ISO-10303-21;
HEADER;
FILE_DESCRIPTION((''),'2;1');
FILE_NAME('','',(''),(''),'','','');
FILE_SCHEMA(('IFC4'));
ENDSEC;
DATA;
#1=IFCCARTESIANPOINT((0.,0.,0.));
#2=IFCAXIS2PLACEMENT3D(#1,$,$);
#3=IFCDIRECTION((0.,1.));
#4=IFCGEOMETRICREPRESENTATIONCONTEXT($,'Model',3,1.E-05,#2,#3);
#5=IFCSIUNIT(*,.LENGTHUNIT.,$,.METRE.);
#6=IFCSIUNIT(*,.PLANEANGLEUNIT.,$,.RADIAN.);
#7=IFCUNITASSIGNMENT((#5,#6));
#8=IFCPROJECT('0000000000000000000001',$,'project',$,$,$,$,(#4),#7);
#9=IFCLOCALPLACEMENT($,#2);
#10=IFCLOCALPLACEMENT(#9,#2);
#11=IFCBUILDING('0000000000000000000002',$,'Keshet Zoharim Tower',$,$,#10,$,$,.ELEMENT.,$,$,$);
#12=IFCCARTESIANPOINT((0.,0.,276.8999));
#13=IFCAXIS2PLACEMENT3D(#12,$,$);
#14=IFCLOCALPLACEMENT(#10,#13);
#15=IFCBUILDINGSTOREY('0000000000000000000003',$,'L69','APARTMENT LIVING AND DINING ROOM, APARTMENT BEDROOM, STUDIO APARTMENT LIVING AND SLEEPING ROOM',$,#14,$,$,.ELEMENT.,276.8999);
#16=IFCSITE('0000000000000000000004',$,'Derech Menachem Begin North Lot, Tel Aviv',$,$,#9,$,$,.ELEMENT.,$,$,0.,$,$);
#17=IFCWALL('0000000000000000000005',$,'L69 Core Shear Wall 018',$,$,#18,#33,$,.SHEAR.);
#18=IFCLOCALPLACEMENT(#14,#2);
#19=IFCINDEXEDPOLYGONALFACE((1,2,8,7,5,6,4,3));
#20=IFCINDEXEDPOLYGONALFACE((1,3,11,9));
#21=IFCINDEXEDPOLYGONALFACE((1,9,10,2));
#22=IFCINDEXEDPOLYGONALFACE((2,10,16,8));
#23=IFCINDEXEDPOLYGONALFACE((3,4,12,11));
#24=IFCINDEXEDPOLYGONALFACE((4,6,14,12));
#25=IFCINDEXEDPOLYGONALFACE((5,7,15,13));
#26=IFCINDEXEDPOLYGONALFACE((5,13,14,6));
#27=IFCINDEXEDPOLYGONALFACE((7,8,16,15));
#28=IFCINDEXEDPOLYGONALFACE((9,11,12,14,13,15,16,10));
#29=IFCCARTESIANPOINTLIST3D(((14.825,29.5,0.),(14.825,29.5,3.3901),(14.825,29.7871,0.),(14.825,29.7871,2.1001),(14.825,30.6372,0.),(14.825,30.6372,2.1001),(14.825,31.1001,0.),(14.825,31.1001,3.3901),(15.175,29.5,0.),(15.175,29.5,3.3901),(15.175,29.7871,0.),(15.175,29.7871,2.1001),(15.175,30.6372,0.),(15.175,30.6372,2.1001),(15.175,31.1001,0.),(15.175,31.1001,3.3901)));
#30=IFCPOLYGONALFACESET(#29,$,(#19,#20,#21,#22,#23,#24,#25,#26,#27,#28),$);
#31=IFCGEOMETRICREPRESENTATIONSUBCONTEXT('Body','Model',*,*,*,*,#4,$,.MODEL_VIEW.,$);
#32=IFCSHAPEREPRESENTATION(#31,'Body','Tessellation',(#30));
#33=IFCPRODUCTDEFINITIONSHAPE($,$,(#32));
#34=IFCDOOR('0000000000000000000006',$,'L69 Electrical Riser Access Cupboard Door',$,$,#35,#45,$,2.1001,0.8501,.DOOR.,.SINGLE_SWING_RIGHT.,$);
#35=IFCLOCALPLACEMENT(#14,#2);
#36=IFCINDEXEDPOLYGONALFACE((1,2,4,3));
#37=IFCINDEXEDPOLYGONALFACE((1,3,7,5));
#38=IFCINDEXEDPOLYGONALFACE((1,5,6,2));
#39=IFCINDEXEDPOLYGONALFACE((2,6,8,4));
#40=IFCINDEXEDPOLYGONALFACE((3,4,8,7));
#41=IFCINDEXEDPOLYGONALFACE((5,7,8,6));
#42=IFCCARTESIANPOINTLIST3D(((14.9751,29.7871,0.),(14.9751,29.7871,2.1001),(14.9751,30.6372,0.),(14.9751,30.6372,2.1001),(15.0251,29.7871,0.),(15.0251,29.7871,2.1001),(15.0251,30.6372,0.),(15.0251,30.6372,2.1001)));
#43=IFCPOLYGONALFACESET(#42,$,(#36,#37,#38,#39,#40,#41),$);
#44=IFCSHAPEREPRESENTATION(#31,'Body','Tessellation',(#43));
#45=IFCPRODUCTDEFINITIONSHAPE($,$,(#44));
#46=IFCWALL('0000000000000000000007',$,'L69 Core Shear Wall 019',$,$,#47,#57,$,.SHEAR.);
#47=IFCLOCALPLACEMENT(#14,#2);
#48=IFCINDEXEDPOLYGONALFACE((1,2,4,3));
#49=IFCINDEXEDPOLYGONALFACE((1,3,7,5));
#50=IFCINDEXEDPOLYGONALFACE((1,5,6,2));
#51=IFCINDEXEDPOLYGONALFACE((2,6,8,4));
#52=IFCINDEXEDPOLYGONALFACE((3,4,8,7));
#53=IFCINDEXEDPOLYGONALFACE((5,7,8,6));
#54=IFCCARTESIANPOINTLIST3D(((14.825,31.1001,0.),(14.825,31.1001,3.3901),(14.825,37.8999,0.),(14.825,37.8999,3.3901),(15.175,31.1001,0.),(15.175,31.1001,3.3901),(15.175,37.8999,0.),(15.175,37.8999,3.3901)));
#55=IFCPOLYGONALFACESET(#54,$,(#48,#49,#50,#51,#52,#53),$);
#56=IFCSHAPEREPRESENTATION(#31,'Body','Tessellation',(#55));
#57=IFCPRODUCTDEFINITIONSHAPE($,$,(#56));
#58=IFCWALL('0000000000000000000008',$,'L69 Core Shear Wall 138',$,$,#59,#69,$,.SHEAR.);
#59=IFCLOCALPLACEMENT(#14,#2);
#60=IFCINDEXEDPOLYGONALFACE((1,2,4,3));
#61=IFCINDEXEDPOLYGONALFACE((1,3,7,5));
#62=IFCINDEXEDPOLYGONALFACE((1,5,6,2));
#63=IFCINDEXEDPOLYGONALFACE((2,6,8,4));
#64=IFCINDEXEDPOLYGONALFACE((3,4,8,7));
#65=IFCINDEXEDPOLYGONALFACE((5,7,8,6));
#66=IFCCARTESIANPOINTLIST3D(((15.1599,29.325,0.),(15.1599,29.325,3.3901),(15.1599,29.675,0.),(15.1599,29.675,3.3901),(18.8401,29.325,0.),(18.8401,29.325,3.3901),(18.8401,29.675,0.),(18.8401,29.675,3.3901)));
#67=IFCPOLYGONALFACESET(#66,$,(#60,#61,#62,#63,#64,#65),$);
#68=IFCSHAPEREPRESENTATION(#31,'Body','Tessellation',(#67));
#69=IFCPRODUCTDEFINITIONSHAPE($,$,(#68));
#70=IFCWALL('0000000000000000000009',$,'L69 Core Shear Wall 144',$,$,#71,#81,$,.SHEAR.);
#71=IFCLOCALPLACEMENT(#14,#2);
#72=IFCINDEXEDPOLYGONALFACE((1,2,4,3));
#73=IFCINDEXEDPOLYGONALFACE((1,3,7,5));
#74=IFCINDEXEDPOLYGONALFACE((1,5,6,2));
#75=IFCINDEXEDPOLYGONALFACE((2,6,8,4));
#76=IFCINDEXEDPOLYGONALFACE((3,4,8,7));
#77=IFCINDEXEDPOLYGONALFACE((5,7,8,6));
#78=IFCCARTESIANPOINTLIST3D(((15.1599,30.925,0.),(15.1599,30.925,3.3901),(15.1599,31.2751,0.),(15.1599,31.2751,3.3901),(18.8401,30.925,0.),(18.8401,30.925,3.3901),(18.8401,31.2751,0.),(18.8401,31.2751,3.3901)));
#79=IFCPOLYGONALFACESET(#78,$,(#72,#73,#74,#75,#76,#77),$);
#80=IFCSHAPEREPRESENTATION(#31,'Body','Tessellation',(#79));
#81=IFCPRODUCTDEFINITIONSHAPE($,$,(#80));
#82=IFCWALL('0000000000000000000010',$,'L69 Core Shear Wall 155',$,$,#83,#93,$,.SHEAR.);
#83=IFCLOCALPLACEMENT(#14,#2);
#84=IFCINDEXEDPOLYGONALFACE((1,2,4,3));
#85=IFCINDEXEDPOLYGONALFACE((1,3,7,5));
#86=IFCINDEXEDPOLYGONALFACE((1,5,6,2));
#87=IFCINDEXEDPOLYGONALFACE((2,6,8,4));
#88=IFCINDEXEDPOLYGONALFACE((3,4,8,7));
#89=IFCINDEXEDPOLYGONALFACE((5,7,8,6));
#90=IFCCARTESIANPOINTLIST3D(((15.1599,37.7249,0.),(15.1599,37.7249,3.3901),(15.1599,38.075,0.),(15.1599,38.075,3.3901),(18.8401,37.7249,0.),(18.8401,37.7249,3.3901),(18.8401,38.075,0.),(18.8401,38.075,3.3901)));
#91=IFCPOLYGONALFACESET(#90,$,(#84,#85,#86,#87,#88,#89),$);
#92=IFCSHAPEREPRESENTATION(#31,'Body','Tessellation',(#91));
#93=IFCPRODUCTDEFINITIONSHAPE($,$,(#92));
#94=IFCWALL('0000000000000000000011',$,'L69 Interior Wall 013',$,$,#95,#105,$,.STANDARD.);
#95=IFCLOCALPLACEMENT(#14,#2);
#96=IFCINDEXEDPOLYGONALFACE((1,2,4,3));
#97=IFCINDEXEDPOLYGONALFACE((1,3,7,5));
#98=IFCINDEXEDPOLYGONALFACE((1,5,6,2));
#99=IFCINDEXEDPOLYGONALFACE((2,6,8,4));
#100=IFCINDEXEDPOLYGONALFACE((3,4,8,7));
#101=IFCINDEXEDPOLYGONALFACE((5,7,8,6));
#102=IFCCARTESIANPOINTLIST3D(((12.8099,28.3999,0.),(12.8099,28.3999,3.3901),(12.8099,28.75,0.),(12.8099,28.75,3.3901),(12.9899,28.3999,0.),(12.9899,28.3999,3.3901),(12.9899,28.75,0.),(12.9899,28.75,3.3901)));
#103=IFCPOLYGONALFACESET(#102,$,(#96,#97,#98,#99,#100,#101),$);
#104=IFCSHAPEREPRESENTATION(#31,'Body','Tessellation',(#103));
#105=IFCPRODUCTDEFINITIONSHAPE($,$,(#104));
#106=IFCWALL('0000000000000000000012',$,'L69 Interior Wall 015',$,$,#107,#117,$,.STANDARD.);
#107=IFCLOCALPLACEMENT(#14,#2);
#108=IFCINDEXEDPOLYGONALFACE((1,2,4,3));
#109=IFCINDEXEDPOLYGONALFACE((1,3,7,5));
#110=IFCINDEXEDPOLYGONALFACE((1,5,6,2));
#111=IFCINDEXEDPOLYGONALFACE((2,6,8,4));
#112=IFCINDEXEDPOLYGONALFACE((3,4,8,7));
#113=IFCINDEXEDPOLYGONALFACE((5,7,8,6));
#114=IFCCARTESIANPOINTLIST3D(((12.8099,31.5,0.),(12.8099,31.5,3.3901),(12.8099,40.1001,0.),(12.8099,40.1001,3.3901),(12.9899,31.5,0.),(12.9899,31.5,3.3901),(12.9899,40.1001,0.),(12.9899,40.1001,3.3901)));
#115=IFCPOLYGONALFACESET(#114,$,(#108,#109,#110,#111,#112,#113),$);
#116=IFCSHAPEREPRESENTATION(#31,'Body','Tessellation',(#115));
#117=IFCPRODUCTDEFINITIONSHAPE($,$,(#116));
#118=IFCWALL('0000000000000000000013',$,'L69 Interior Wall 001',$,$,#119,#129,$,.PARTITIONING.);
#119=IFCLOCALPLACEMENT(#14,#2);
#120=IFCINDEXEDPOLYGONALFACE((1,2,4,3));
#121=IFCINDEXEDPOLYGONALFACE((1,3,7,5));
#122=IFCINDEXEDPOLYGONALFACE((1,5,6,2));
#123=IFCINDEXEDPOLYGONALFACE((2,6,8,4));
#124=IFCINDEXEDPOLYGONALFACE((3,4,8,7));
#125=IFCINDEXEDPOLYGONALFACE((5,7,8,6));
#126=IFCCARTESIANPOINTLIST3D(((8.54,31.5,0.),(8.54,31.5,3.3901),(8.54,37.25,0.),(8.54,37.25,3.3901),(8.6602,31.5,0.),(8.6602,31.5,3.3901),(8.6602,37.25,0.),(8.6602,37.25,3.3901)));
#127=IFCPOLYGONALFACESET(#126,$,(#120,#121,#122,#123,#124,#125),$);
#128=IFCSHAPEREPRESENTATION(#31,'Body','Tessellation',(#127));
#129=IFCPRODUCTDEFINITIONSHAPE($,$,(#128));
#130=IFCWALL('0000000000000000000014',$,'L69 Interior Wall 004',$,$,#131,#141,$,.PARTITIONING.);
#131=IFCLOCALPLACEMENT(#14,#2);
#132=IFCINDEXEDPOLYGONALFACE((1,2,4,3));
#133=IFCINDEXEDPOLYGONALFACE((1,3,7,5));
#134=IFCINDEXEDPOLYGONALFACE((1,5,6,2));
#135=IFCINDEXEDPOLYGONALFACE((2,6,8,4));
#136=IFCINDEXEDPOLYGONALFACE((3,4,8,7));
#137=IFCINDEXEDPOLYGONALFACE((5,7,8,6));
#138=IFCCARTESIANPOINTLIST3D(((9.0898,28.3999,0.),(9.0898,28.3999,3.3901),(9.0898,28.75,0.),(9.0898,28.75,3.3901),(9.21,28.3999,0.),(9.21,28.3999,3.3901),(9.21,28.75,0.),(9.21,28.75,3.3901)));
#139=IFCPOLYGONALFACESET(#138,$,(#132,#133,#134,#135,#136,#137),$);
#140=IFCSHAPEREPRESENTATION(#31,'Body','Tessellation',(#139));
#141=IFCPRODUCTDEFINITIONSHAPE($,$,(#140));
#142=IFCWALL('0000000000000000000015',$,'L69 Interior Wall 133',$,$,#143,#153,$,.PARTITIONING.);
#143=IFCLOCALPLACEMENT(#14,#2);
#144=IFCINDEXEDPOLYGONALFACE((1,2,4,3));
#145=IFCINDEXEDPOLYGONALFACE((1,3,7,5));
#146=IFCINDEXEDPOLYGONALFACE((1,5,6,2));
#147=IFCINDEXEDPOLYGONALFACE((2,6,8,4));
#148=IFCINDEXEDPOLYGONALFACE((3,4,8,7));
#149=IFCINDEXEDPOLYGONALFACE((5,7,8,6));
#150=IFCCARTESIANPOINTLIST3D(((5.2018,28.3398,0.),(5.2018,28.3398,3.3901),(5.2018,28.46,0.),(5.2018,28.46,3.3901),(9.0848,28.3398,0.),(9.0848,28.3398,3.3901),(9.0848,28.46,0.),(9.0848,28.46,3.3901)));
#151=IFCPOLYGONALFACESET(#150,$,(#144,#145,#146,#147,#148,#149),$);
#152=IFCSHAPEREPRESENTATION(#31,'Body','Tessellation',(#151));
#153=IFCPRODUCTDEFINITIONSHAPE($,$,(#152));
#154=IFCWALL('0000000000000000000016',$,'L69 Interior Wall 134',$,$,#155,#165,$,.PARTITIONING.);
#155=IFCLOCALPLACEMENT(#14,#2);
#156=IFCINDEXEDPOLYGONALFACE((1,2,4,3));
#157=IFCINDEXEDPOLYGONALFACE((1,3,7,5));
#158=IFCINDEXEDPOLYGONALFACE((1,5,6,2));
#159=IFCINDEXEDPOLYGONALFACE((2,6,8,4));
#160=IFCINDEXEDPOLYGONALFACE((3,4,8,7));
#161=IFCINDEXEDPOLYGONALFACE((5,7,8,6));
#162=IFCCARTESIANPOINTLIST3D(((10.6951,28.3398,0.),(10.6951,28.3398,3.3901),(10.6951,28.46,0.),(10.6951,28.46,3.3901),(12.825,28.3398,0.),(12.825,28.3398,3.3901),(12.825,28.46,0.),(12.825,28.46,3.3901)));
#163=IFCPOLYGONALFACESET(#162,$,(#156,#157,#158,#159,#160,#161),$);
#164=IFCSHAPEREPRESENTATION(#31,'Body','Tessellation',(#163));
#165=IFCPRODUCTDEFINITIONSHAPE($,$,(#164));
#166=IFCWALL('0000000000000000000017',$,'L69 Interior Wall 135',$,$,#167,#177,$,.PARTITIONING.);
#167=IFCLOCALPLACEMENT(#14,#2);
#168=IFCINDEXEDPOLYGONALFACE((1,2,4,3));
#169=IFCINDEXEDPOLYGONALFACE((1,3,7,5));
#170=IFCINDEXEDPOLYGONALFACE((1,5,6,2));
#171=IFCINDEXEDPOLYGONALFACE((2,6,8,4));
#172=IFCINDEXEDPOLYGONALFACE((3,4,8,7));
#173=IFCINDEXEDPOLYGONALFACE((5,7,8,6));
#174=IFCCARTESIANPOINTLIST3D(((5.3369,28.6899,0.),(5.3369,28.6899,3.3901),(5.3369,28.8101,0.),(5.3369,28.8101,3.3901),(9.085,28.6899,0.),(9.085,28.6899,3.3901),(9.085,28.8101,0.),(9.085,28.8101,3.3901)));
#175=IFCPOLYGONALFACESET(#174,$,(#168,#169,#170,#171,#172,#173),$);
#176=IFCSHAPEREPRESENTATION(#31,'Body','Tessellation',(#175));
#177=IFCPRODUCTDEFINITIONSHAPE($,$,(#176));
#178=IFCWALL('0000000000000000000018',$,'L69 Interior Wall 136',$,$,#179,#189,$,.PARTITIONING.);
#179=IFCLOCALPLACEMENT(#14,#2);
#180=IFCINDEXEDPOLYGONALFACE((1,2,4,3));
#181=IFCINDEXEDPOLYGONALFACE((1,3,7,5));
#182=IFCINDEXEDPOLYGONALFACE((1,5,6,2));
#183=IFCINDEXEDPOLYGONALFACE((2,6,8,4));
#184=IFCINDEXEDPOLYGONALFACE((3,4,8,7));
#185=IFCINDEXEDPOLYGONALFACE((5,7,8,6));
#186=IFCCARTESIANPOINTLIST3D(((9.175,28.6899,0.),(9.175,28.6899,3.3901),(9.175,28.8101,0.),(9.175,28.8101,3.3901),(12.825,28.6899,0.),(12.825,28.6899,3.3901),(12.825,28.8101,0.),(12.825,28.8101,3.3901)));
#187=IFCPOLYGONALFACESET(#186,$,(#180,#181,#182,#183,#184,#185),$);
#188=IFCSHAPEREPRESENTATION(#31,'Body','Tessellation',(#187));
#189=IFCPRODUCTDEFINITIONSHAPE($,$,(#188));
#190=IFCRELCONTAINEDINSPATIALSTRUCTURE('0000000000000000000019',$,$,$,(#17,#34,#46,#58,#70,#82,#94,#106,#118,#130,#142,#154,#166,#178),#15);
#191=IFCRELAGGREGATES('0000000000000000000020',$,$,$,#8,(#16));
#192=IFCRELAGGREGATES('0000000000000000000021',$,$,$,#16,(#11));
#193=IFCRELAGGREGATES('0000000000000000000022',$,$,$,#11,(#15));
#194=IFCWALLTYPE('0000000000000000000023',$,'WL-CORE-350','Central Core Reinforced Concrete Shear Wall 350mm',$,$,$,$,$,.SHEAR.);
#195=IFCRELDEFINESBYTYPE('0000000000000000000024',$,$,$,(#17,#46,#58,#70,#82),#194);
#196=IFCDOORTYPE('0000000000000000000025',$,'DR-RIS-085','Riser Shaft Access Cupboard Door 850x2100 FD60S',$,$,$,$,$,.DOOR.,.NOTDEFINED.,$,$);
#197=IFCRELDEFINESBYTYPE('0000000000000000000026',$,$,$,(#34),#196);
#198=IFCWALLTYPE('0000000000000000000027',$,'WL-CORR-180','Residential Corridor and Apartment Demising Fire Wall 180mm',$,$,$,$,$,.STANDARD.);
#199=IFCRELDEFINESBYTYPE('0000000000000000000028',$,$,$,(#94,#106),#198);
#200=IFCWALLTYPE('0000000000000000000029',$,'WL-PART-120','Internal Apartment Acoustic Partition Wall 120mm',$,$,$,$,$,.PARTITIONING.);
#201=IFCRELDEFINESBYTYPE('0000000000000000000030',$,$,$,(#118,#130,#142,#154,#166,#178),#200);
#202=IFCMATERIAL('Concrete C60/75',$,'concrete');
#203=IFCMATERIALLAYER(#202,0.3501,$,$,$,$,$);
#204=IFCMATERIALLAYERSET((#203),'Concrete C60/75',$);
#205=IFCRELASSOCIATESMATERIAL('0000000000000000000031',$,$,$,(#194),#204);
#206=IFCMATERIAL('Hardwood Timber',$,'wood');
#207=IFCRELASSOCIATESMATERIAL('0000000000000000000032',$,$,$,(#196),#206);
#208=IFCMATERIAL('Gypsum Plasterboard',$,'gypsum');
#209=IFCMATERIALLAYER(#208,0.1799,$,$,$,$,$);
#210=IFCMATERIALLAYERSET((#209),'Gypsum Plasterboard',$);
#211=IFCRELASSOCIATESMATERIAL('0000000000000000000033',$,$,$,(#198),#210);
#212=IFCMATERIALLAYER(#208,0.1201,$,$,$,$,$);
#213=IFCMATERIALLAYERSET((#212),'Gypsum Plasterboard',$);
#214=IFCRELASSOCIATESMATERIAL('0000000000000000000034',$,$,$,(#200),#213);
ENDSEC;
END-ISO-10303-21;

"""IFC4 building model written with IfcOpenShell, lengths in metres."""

from ifc_helpers import new_model, si_unit, direction, frame, frame_2d, origin, place, context, subcontext, project, spatial, rectangle, extrude, material, layer, layer_set, type_object, element, fill, save


model = new_model("IFC4")

# Units and contexts
model_context = context("Model", 3, precision=1e-05, world=origin(), true_north=direction((0.0, 1.0)))
body_context = subcontext(model_context, "Body", "Model", "MODEL_VIEW")
ifc_project = project(units=[si_unit("LENGTHUNIT", "METRE"), si_unit("PLANEANGLEUNIT", "RADIAN")], contexts=[model_context])

# Site, building, storey
site_placement = place(None, origin())
site = spatial("IfcSite", under=ifc_project, at=site_placement, Name="Derech Menachem Begin North Lot, Tel Aviv", CompositionType="ELEMENT", RefElevation=0.0)
building_placement = place(site_placement, origin())
building = spatial("IfcBuilding", under=site, at=building_placement, Name="Keshet Zoharim Tower", CompositionType="ELEMENT")
storey_placement = place(building_placement, frame((0.0, 0.0, 276.8999)))
storey = spatial("IfcBuildingStorey", under=building, at=storey_placement, Name="L69", Description="APARTMENT LIVING AND DINING ROOM, APARTMENT BEDROOM, STUDIO APARTMENT LIVING AND SLEEPING ROOM", CompositionType="ELEMENT", Elevation=276.8999)

# Wall, opening, door
ifc_material_1 = material(Name="Concrete C60/75", Category="concrete")
ifc_layer_1 = layer(ifc_material_1, 0.3501)
ifc_layer_set_1 = layer_set([ifc_layer_1], Name="Concrete C60/75")
wall_type_1 = type_object("IfcWallType", Name="WL-CORE-350", Description="Central Core Reinforced Concrete Shear Wall 350mm", PredefinedType="SHEAR", material=ifc_layer_set_1)
wall_1_placement = place(storey_placement, frame((15.0, 29.5, 0.0), z_axis=(0.0, 0.0, 1.0), x_axis=(0.0, 1.0, 0.0)))
wall_1 = element("IfcWall", 1, at=wall_1_placement, inside=storey, type_object=wall_type_1, Name="L69 Core Shear Wall 018", PredefinedType="SHEAR", context=body_context, shape_type="SweptSolid", body=[
    extrude(rectangle(XDim=1.6001, YDim=0.3501, at=frame_2d((0.8, 0.0))), origin(), (0.0, 0.0, 1.0), 3.3901),
])
opening_1_placement = place(wall_1_placement, frame((0.2871, 0.0, 0.0)))
opening_1 = element("IfcOpeningElement", 2, at=opening_1_placement, cuts=wall_1, PredefinedType="OPENING", context=body_context, shape_type="SweptSolid", body=[
    extrude(rectangle(XDim=0.8501, YDim=2.1001, at=frame_2d((0.425, 1.05))), frame((0.0, 0.1851, 0.0), z_axis=(0.0, -1.0, 0.0), x_axis=(1.0, 0.0, 0.0)), (0.0, 0.0, 1.0), 0.3701),
])
ifc_material_2 = material(Name="Hardwood Timber", Category="wood")
door_type_1 = type_object("IfcDoorType", Name="DR-RIS-085", Description="Riser Shaft Access Cupboard Door 850x2100 FD60S", OperationType="NOTDEFINED", PredefinedType="DOOR", material=ifc_material_2)
door_1_placement = place(opening_1_placement, origin())
door_1 = element("IfcDoor", 3, at=door_1_placement, inside=storey, type_object=door_type_1, Name="L69 Electrical Riser Access Cupboard Door", OperationType="SINGLE_SWING_RIGHT", OverallHeight=2.1001, OverallWidth=0.8501, PredefinedType="DOOR", context=body_context, shape_type="SweptSolid", body=[
    extrude(rectangle(XDim=0.8501, YDim=2.1001, at=frame_2d((0.425, 1.05))), frame((0.0, 0.0249, 0.0), z_axis=(0.0, -1.0, 0.0), x_axis=(1.0, 0.0, 0.0)), (0.0, 0.0, 1.0), 0.05),
])
fill(opening_1, door_1)

# Walls
wall_2_placement = place(storey_placement, frame((15.0, 31.1001, 0.0), z_axis=(0.0, 0.0, 1.0), x_axis=(0.0, 1.0, 0.0)))
element("IfcWall", 4, at=wall_2_placement, inside=storey, type_object=wall_type_1, Name="L69 Core Shear Wall 019", PredefinedType="SHEAR", context=body_context, shape_type="SweptSolid", body=[
    extrude(rectangle(XDim=6.7998, YDim=0.3501, at=frame_2d((3.3999, 0.0))), origin(), (0.0, 0.0, 1.0), 3.3901),
])
for number, where, z_axis, x_axis, name in (
    (5, (15.1599, 29.5, 0.0), (0.0, 0.0, 1.0), (1.0, 0.0, 0.0), "L69 Core Shear Wall 138"),
    (6, (15.1599, 31.1001, 0.0), (0.0, 0.0, 1.0), (1.0, 0.0, 0.0), "L69 Core Shear Wall 144"),
    (7, (15.1599, 37.8999, 0.0), (0.0, 0.0, 1.0), (1.0, 0.0, 0.0), "L69 Core Shear Wall 155"),
):
    element("IfcWall", number, at=place(storey_placement, frame(where, z_axis=z_axis, x_axis=x_axis)), inside=storey, type_object=wall_type_1, Name=name, PredefinedType="SHEAR", context=body_context, shape_type="SweptSolid", body=[
        extrude(rectangle(XDim=3.6802, YDim=0.3501, at=frame_2d((1.8401, 0.0))), origin(), (0.0, 0.0, 1.0), 3.3901),
    ])
ifc_material_3 = material(Name="Gypsum Plasterboard", Category="gypsum")
ifc_layer_2 = layer(ifc_material_3, 0.1799)
ifc_layer_set_2 = layer_set([ifc_layer_2], Name="Gypsum Plasterboard")
wall_type_2 = type_object("IfcWallType", Name="WL-CORR-180", Description="Residential Corridor and Apartment Demising Fire Wall 180mm", PredefinedType="STANDARD", material=ifc_layer_set_2)
wall_3_placement = place(storey_placement, frame((12.8999, 28.3999, 0.0), z_axis=(0.0, 0.0, 1.0), x_axis=(0.0, 1.0, 0.0)))
element("IfcWall", 8, at=wall_3_placement, inside=storey, type_object=wall_type_2, Name="L69 Interior Wall 013", PredefinedType="STANDARD", context=body_context, shape_type="SweptSolid", body=[
    extrude(rectangle(XDim=0.3501, YDim=0.1799, at=frame_2d((0.175, 0.0))), origin(), (0.0, 0.0, 1.0), 3.3901),
])

# Walls
wall_4_placement = place(storey_placement, frame((12.8999, 31.5, 0.0), z_axis=(0.0, 0.0, 1.0), x_axis=(0.0, 1.0, 0.0)))
element("IfcWall", 9, at=wall_4_placement, inside=storey, type_object=wall_type_2, Name="L69 Interior Wall 015", PredefinedType="STANDARD", context=body_context, shape_type="SweptSolid", body=[
    extrude(rectangle(XDim=8.6001, YDim=0.1799, at=frame_2d((4.3, 0.0))), origin(), (0.0, 0.0, 1.0), 3.3901),
])
ifc_layer_3 = layer(ifc_material_3, 0.1201)
ifc_layer_set_3 = layer_set([ifc_layer_3], Name="Gypsum Plasterboard")
wall_type_3 = type_object("IfcWallType", Name="WL-PART-120", Description="Internal Apartment Acoustic Partition Wall 120mm", PredefinedType="PARTITIONING", material=ifc_layer_set_3)
wall_5_placement = place(storey_placement, frame((8.6001, 31.5, 0.0), z_axis=(0.0, 0.0, 1.0), x_axis=(0.0, 1.0, 0.0)))
element("IfcWall", 10, at=wall_5_placement, inside=storey, type_object=wall_type_3, Name="L69 Interior Wall 001", PredefinedType="PARTITIONING", context=body_context, shape_type="SweptSolid", body=[
    extrude(rectangle(XDim=5.75, YDim=0.1201, at=frame_2d((2.875, 0.0))), origin(), (0.0, 0.0, 1.0), 3.3901),
])
wall_6_placement = place(storey_placement, frame((9.1499, 28.3999, 0.0), z_axis=(0.0, 0.0, 1.0), x_axis=(0.0, 1.0, 0.0)))
element("IfcWall", 11, at=wall_6_placement, inside=storey, type_object=wall_type_3, Name="L69 Interior Wall 004", PredefinedType="PARTITIONING", context=body_context, shape_type="SweptSolid", body=[
    extrude(rectangle(XDim=0.3501, YDim=0.1201, at=frame_2d((0.175, 0.0))), origin(), (0.0, 0.0, 1.0), 3.3901),
])
wall_7_placement = place(storey_placement, frame((5.2019, 28.3999, 0.0), z_axis=(0.0, 0.0, 1.0), x_axis=(1.0, 0.0, 0.0)))
element("IfcWall", 12, at=wall_7_placement, inside=storey, type_object=wall_type_3, Name="L69 Interior Wall 133", PredefinedType="PARTITIONING", context=body_context, shape_type="SweptSolid", body=[
    extrude(rectangle(XDim=3.8831, YDim=0.1201, at=frame_2d((1.9414, 0.0))), origin(), (0.0, 0.0, 1.0), 3.3901),
])
wall_8_placement = place(storey_placement, frame((10.6951, 28.3999, 0.0), z_axis=(0.0, 0.0, 1.0), x_axis=(1.0, 0.0, 0.0)))
element("IfcWall", 13, at=wall_8_placement, inside=storey, type_object=wall_type_3, Name="L69 Interior Wall 134", PredefinedType="PARTITIONING", context=body_context, shape_type="SweptSolid", body=[
    extrude(rectangle(XDim=2.1299, YDim=0.1201, at=frame_2d((1.0649, 0.0))), origin(), (0.0, 0.0, 1.0), 3.3901),
])
wall_9_placement = place(storey_placement, frame((5.3369, 28.75, 0.0), z_axis=(0.0, 0.0, 1.0), x_axis=(1.0, 0.0, 0.0)))
element("IfcWall", 14, at=wall_9_placement, inside=storey, type_object=wall_type_3, Name="L69 Interior Wall 135", PredefinedType="PARTITIONING", context=body_context, shape_type="SweptSolid", body=[
    extrude(rectangle(XDim=3.748, YDim=0.1201, at=frame_2d((1.874, 0.0))), origin(), (0.0, 0.0, 1.0), 3.3901),
])
wall_10_placement = place(storey_placement, frame((9.175, 28.75, 0.0), z_axis=(0.0, 0.0, 1.0), x_axis=(1.0, 0.0, 0.0)))
element("IfcWall", 15, at=wall_10_placement, inside=storey, type_object=wall_type_3, Name="L69 Interior Wall 136", PredefinedType="PARTITIONING", context=body_context, shape_type="SweptSolid", body=[
    extrude(rectangle(XDim=3.6499, YDim=0.1201, at=frame_2d((1.825, 0.0))), origin(), (0.0, 0.0, 1.0), 3.3901),
])

save(model, "model.ifc")
